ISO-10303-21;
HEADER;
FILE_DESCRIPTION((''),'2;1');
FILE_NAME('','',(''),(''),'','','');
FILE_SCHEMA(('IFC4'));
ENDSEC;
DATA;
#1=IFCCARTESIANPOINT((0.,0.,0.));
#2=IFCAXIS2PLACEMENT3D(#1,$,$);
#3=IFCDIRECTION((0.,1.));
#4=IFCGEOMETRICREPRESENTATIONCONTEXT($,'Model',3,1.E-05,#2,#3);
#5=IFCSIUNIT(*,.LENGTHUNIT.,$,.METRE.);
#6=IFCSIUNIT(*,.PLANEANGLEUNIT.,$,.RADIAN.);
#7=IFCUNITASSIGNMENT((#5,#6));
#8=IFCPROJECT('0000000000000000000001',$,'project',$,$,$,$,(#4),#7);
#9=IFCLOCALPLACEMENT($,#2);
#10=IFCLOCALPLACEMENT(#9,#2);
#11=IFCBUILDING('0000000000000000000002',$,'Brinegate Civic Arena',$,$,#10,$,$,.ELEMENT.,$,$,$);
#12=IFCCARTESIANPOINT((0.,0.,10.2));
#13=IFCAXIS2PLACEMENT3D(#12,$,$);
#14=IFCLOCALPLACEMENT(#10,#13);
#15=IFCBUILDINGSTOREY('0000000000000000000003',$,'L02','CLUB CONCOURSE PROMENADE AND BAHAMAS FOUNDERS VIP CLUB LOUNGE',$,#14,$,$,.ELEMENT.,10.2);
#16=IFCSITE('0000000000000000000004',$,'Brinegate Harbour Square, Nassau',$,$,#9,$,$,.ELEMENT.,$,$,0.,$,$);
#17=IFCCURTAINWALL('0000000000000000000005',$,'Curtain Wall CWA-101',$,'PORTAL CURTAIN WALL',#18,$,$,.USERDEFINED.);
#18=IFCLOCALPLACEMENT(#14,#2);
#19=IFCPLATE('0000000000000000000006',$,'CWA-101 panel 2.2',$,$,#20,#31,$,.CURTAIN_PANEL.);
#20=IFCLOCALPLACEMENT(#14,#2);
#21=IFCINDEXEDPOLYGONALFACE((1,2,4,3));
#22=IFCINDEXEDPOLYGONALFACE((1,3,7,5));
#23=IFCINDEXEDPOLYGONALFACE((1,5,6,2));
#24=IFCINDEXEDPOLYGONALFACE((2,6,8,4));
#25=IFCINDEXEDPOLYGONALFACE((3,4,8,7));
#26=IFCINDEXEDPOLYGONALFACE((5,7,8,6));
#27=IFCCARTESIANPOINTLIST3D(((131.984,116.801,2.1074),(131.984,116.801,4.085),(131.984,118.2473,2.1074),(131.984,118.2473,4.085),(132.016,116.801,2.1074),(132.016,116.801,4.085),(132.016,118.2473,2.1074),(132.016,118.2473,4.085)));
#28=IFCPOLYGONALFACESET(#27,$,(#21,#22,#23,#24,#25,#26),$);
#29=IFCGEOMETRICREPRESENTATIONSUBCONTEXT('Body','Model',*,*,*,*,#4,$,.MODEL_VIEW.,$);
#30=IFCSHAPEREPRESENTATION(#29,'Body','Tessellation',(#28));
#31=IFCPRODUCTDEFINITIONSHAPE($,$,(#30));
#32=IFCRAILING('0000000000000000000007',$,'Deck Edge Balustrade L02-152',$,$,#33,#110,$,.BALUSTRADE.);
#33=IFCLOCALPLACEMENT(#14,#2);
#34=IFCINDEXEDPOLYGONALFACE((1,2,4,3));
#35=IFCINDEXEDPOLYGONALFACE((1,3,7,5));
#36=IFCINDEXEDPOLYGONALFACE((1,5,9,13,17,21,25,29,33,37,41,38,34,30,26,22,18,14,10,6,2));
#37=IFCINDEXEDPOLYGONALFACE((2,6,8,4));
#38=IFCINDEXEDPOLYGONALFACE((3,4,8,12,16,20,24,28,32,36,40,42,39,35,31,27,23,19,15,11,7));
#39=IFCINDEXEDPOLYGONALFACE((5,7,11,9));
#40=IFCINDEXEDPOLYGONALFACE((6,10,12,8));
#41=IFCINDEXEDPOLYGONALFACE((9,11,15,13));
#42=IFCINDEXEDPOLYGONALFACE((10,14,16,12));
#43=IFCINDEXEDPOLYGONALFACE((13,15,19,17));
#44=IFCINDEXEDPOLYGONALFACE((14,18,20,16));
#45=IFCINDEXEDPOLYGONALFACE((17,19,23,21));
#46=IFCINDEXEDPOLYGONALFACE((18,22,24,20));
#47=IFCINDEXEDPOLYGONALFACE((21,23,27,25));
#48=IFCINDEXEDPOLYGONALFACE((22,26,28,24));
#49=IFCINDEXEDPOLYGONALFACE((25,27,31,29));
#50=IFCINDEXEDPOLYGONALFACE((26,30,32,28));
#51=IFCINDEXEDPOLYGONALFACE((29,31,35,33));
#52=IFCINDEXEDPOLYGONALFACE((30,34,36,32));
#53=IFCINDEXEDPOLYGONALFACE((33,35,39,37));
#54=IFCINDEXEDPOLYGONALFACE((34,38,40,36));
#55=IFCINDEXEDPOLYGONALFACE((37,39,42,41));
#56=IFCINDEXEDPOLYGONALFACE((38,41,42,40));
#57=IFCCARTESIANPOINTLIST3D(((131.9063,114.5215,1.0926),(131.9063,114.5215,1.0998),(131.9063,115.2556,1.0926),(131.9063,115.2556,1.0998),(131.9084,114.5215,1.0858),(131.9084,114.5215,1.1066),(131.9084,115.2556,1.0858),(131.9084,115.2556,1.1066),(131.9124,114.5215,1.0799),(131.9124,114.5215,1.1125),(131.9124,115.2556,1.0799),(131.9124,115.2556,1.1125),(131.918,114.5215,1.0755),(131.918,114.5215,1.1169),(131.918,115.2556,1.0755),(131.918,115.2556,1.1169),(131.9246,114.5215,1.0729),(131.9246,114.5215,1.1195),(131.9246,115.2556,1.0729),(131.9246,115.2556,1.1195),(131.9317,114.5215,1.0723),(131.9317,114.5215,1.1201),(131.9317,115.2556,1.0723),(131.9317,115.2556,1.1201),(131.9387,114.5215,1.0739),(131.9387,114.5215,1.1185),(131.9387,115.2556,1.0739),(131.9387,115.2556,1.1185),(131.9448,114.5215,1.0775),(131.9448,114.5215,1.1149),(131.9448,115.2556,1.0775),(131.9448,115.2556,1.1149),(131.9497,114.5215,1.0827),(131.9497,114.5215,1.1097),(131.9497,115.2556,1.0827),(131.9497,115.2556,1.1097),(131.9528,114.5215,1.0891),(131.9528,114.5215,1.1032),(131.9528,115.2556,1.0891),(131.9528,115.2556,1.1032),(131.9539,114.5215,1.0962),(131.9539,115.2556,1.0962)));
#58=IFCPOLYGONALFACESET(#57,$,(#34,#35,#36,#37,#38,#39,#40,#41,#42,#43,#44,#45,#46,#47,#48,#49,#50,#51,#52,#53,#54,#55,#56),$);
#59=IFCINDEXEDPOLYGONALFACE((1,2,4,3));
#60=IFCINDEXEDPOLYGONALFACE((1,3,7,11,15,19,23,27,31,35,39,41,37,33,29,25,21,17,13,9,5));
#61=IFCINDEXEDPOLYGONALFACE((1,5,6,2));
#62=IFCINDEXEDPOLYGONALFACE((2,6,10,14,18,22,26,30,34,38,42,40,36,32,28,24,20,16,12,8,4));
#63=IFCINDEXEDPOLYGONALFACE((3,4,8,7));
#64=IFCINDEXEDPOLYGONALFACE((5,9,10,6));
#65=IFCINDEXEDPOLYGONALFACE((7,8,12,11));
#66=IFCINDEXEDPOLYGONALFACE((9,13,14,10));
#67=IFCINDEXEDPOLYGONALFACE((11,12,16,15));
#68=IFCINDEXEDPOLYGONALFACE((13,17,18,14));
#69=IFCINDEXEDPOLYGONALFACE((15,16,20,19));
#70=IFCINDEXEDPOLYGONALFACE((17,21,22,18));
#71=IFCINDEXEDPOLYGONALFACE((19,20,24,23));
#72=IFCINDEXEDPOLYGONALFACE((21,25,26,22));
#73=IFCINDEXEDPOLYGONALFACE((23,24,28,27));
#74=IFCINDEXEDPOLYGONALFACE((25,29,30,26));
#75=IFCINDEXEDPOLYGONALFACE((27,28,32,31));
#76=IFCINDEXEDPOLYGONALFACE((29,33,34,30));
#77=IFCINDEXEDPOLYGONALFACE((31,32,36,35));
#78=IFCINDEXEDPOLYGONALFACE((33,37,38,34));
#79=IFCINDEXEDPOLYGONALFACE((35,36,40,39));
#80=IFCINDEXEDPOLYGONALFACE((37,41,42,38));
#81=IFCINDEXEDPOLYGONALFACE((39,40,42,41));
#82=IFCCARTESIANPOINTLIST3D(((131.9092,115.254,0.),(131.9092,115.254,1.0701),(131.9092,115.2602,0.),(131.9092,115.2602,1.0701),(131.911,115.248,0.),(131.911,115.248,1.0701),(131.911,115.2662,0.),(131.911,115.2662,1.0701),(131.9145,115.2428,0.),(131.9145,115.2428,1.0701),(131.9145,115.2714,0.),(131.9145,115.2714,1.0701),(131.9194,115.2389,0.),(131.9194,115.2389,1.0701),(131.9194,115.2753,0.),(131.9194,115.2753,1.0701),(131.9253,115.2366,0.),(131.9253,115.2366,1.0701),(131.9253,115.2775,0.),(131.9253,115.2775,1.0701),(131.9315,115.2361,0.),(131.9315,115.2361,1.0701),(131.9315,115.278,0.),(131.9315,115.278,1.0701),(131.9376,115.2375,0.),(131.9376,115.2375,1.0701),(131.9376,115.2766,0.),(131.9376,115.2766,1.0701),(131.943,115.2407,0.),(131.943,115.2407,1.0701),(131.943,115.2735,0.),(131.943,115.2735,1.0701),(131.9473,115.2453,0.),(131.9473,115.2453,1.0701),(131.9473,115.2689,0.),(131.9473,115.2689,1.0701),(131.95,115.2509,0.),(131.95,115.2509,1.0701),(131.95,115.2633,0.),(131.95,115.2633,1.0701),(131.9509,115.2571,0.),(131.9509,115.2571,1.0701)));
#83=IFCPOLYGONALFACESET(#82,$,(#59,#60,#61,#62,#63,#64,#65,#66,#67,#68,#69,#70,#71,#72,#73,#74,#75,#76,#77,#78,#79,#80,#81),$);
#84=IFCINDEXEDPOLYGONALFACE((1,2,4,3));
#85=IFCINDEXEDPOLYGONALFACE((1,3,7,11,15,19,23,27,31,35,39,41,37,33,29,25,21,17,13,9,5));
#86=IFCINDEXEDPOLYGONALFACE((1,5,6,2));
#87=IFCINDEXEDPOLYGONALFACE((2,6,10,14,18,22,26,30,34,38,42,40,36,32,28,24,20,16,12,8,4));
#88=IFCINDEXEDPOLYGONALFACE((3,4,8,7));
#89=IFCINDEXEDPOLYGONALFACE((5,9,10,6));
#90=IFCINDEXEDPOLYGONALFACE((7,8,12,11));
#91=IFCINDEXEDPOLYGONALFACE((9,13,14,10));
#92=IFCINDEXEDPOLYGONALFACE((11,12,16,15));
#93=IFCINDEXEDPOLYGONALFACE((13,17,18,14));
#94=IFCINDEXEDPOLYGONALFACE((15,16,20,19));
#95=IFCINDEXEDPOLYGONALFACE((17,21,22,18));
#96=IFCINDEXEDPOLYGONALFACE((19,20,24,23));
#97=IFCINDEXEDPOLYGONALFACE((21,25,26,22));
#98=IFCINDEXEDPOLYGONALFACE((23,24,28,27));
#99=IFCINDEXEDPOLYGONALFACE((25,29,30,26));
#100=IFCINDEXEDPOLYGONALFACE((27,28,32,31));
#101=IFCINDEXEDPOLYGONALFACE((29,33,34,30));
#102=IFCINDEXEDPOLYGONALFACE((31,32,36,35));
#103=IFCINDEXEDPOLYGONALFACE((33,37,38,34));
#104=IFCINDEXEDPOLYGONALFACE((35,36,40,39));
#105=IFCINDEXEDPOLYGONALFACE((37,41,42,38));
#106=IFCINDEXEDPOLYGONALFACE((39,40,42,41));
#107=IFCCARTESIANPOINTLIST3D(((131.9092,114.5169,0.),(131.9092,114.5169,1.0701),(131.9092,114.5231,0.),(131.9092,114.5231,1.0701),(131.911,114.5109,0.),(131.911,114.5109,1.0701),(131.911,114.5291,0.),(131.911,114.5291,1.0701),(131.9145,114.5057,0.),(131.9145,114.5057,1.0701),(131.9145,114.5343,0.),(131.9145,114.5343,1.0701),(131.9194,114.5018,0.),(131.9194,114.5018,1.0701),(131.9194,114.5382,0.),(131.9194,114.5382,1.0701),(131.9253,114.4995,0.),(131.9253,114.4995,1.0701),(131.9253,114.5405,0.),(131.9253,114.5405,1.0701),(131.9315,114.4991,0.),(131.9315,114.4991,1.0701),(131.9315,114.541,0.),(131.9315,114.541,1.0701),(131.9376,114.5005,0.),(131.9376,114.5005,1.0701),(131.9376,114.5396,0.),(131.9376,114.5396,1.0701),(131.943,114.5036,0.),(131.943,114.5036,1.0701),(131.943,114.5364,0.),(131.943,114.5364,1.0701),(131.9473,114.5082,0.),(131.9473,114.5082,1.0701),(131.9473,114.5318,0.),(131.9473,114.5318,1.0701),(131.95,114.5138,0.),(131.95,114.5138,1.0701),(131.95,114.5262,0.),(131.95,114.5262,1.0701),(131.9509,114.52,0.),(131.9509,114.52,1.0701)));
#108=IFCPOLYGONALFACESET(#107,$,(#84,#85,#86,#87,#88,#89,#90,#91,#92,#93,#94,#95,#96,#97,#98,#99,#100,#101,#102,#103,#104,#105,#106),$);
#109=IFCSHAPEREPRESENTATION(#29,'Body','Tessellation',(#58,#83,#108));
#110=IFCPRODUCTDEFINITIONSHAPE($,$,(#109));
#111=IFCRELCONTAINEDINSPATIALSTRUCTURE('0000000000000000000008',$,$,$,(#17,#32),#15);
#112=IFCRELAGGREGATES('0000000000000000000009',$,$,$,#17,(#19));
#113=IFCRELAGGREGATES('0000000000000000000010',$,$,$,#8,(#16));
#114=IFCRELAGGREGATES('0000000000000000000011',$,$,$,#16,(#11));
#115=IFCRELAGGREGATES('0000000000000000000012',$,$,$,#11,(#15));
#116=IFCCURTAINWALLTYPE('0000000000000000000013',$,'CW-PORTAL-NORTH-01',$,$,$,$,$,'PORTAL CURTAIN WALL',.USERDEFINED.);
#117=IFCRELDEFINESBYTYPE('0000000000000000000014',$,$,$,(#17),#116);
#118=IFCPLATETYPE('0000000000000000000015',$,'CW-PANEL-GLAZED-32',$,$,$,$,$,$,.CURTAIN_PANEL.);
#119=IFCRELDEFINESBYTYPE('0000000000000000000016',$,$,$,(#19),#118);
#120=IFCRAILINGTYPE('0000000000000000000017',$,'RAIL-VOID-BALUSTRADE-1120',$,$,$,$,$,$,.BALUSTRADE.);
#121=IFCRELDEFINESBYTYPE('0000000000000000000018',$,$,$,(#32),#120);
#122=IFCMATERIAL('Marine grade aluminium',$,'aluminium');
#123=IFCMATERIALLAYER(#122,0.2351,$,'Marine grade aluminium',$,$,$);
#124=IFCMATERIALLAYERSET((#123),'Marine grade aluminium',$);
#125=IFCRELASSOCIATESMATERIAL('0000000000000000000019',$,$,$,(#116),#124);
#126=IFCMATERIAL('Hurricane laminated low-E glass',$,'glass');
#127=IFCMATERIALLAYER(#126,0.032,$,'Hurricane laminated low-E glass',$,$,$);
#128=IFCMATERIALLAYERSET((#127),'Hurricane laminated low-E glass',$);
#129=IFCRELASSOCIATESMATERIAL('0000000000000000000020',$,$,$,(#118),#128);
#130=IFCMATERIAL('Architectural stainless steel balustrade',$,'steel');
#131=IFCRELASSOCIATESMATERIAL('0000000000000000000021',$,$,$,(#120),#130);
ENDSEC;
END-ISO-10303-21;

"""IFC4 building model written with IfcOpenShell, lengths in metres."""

from ifc_helpers import new_model, si_unit, direction, frame, origin, origin_2d, place, context, subcontext, project, spatial, rectangle, circle, extrude, material, layer, layer_set, type_object, element, aggregate, save


model = new_model("IFC4")

# Units and contexts
model_context = context("Model", 3, precision=1e-05, world=origin(), true_north=direction((0.0, 1.0)))
body_context = subcontext(model_context, "Body", "Model", "MODEL_VIEW")
ifc_project = project(units=[si_unit("LENGTHUNIT", "METRE"), si_unit("PLANEANGLEUNIT", "RADIAN")], contexts=[model_context])

# Site, building, storey
site_placement = place(None, origin())
site = spatial("IfcSite", under=ifc_project, at=site_placement, Name="Brinegate Harbour Square, Nassau", CompositionType="ELEMENT", RefElevation=0.0)
building_placement = place(site_placement, origin())
building = spatial("IfcBuilding", under=site, at=building_placement, Name="Brinegate Civic Arena", CompositionType="ELEMENT")
storey_placement = place(building_placement, frame((0.0, 0.0, 10.2)))
storey = spatial("IfcBuildingStorey", under=building, at=storey_placement, Name="L02", Description="CLUB CONCOURSE PROMENADE AND BAHAMAS FOUNDERS VIP CLUB LOUNGE", CompositionType="ELEMENT", Elevation=10.2)

# Curtain wall
ifc_material_1 = material(Name="Marine grade aluminium", Category="aluminium")
ifc_layer_1 = layer(ifc_material_1, 0.2351, Name="Marine grade aluminium")
ifc_layer_set_1 = layer_set([ifc_layer_1], Name="Marine grade aluminium")
curtain_wall_type = type_object("IfcCurtainWallType", Name="CW-PORTAL-NORTH-01", ElementType="PORTAL CURTAIN WALL", PredefinedType="USERDEFINED", material=ifc_layer_set_1)
curtain_wall_placement = place(storey_placement, origin())
curtain_wall = element("IfcCurtainWall", 1, at=curtain_wall_placement, inside=storey, type_object=curtain_wall_type, Name="Curtain Wall CWA-101", ObjectType="PORTAL CURTAIN WALL", PredefinedType="USERDEFINED")

# Plate
ifc_material_2 = material(Name="Hurricane laminated low-E glass", Category="glass")
ifc_layer_2 = layer(ifc_material_2, 0.032, Name="Hurricane laminated low-E glass")
ifc_layer_set_2 = layer_set([ifc_layer_2], Name="Hurricane laminated low-E glass")
plate_type = type_object("IfcPlateType", Name="CW-PANEL-GLAZED-32", PredefinedType="CURTAIN_PANEL", material=ifc_layer_set_2)
plate_1_placement = place(storey_placement, frame((132.0, 117.5242, 2.1074), z_axis=(0.0, 0.0, 1.0), x_axis=(0.0, 1.0, 0.0)))
plate_1 = element("IfcPlate", 2, at=plate_1_placement, type_object=plate_type, Name="CWA-101 panel 2.2", PredefinedType="CURTAIN_PANEL", context=body_context, shape_type="SweptSolid", body=[
    extrude(rectangle(XDim=1.4463, YDim=0.032, at=origin_2d()), origin(), (0.0, 0.0, 1.0), 1.9775),
])
aggregate(curtain_wall, [plate_1])

# Railing
ifc_material_3 = material(Name="Architectural stainless steel balustrade", Category="steel")
railing_type = type_object("IfcRailingType", Name="RAIL-VOID-BALUSTRADE-1120", PredefinedType="BALUSTRADE", material=ifc_material_3)
railing_placement = place(storey_placement, frame((131.9299, 115.2571, 0.0)))
element("IfcRailing", 3, at=railing_placement, inside=storey, type_object=railing_type, Name="Deck Edge Balustrade L02-152", PredefinedType="BALUSTRADE", context=body_context, shape_type="SweptSolid", body=[
    extrude(circle(Radius=0.0239, at=origin_2d()), frame((0.0, -0.0015, 1.0962), z_axis=(0.0, -1.0, 0.0), x_axis=(1.0, 0.0, 0.0)), (0.0, 0.0, 1.0), 0.7341),
    extrude(circle(Radius=0.021, at=origin_2d()), origin(), (0.0, 0.0, 1.0), 1.0701),
    extrude(circle(Radius=0.021, at=origin_2d()), frame((0.0, -0.7371, 0.0)), (0.0, 0.0, 1.0), 1.0701),
])

save(model, "model.ifc")
